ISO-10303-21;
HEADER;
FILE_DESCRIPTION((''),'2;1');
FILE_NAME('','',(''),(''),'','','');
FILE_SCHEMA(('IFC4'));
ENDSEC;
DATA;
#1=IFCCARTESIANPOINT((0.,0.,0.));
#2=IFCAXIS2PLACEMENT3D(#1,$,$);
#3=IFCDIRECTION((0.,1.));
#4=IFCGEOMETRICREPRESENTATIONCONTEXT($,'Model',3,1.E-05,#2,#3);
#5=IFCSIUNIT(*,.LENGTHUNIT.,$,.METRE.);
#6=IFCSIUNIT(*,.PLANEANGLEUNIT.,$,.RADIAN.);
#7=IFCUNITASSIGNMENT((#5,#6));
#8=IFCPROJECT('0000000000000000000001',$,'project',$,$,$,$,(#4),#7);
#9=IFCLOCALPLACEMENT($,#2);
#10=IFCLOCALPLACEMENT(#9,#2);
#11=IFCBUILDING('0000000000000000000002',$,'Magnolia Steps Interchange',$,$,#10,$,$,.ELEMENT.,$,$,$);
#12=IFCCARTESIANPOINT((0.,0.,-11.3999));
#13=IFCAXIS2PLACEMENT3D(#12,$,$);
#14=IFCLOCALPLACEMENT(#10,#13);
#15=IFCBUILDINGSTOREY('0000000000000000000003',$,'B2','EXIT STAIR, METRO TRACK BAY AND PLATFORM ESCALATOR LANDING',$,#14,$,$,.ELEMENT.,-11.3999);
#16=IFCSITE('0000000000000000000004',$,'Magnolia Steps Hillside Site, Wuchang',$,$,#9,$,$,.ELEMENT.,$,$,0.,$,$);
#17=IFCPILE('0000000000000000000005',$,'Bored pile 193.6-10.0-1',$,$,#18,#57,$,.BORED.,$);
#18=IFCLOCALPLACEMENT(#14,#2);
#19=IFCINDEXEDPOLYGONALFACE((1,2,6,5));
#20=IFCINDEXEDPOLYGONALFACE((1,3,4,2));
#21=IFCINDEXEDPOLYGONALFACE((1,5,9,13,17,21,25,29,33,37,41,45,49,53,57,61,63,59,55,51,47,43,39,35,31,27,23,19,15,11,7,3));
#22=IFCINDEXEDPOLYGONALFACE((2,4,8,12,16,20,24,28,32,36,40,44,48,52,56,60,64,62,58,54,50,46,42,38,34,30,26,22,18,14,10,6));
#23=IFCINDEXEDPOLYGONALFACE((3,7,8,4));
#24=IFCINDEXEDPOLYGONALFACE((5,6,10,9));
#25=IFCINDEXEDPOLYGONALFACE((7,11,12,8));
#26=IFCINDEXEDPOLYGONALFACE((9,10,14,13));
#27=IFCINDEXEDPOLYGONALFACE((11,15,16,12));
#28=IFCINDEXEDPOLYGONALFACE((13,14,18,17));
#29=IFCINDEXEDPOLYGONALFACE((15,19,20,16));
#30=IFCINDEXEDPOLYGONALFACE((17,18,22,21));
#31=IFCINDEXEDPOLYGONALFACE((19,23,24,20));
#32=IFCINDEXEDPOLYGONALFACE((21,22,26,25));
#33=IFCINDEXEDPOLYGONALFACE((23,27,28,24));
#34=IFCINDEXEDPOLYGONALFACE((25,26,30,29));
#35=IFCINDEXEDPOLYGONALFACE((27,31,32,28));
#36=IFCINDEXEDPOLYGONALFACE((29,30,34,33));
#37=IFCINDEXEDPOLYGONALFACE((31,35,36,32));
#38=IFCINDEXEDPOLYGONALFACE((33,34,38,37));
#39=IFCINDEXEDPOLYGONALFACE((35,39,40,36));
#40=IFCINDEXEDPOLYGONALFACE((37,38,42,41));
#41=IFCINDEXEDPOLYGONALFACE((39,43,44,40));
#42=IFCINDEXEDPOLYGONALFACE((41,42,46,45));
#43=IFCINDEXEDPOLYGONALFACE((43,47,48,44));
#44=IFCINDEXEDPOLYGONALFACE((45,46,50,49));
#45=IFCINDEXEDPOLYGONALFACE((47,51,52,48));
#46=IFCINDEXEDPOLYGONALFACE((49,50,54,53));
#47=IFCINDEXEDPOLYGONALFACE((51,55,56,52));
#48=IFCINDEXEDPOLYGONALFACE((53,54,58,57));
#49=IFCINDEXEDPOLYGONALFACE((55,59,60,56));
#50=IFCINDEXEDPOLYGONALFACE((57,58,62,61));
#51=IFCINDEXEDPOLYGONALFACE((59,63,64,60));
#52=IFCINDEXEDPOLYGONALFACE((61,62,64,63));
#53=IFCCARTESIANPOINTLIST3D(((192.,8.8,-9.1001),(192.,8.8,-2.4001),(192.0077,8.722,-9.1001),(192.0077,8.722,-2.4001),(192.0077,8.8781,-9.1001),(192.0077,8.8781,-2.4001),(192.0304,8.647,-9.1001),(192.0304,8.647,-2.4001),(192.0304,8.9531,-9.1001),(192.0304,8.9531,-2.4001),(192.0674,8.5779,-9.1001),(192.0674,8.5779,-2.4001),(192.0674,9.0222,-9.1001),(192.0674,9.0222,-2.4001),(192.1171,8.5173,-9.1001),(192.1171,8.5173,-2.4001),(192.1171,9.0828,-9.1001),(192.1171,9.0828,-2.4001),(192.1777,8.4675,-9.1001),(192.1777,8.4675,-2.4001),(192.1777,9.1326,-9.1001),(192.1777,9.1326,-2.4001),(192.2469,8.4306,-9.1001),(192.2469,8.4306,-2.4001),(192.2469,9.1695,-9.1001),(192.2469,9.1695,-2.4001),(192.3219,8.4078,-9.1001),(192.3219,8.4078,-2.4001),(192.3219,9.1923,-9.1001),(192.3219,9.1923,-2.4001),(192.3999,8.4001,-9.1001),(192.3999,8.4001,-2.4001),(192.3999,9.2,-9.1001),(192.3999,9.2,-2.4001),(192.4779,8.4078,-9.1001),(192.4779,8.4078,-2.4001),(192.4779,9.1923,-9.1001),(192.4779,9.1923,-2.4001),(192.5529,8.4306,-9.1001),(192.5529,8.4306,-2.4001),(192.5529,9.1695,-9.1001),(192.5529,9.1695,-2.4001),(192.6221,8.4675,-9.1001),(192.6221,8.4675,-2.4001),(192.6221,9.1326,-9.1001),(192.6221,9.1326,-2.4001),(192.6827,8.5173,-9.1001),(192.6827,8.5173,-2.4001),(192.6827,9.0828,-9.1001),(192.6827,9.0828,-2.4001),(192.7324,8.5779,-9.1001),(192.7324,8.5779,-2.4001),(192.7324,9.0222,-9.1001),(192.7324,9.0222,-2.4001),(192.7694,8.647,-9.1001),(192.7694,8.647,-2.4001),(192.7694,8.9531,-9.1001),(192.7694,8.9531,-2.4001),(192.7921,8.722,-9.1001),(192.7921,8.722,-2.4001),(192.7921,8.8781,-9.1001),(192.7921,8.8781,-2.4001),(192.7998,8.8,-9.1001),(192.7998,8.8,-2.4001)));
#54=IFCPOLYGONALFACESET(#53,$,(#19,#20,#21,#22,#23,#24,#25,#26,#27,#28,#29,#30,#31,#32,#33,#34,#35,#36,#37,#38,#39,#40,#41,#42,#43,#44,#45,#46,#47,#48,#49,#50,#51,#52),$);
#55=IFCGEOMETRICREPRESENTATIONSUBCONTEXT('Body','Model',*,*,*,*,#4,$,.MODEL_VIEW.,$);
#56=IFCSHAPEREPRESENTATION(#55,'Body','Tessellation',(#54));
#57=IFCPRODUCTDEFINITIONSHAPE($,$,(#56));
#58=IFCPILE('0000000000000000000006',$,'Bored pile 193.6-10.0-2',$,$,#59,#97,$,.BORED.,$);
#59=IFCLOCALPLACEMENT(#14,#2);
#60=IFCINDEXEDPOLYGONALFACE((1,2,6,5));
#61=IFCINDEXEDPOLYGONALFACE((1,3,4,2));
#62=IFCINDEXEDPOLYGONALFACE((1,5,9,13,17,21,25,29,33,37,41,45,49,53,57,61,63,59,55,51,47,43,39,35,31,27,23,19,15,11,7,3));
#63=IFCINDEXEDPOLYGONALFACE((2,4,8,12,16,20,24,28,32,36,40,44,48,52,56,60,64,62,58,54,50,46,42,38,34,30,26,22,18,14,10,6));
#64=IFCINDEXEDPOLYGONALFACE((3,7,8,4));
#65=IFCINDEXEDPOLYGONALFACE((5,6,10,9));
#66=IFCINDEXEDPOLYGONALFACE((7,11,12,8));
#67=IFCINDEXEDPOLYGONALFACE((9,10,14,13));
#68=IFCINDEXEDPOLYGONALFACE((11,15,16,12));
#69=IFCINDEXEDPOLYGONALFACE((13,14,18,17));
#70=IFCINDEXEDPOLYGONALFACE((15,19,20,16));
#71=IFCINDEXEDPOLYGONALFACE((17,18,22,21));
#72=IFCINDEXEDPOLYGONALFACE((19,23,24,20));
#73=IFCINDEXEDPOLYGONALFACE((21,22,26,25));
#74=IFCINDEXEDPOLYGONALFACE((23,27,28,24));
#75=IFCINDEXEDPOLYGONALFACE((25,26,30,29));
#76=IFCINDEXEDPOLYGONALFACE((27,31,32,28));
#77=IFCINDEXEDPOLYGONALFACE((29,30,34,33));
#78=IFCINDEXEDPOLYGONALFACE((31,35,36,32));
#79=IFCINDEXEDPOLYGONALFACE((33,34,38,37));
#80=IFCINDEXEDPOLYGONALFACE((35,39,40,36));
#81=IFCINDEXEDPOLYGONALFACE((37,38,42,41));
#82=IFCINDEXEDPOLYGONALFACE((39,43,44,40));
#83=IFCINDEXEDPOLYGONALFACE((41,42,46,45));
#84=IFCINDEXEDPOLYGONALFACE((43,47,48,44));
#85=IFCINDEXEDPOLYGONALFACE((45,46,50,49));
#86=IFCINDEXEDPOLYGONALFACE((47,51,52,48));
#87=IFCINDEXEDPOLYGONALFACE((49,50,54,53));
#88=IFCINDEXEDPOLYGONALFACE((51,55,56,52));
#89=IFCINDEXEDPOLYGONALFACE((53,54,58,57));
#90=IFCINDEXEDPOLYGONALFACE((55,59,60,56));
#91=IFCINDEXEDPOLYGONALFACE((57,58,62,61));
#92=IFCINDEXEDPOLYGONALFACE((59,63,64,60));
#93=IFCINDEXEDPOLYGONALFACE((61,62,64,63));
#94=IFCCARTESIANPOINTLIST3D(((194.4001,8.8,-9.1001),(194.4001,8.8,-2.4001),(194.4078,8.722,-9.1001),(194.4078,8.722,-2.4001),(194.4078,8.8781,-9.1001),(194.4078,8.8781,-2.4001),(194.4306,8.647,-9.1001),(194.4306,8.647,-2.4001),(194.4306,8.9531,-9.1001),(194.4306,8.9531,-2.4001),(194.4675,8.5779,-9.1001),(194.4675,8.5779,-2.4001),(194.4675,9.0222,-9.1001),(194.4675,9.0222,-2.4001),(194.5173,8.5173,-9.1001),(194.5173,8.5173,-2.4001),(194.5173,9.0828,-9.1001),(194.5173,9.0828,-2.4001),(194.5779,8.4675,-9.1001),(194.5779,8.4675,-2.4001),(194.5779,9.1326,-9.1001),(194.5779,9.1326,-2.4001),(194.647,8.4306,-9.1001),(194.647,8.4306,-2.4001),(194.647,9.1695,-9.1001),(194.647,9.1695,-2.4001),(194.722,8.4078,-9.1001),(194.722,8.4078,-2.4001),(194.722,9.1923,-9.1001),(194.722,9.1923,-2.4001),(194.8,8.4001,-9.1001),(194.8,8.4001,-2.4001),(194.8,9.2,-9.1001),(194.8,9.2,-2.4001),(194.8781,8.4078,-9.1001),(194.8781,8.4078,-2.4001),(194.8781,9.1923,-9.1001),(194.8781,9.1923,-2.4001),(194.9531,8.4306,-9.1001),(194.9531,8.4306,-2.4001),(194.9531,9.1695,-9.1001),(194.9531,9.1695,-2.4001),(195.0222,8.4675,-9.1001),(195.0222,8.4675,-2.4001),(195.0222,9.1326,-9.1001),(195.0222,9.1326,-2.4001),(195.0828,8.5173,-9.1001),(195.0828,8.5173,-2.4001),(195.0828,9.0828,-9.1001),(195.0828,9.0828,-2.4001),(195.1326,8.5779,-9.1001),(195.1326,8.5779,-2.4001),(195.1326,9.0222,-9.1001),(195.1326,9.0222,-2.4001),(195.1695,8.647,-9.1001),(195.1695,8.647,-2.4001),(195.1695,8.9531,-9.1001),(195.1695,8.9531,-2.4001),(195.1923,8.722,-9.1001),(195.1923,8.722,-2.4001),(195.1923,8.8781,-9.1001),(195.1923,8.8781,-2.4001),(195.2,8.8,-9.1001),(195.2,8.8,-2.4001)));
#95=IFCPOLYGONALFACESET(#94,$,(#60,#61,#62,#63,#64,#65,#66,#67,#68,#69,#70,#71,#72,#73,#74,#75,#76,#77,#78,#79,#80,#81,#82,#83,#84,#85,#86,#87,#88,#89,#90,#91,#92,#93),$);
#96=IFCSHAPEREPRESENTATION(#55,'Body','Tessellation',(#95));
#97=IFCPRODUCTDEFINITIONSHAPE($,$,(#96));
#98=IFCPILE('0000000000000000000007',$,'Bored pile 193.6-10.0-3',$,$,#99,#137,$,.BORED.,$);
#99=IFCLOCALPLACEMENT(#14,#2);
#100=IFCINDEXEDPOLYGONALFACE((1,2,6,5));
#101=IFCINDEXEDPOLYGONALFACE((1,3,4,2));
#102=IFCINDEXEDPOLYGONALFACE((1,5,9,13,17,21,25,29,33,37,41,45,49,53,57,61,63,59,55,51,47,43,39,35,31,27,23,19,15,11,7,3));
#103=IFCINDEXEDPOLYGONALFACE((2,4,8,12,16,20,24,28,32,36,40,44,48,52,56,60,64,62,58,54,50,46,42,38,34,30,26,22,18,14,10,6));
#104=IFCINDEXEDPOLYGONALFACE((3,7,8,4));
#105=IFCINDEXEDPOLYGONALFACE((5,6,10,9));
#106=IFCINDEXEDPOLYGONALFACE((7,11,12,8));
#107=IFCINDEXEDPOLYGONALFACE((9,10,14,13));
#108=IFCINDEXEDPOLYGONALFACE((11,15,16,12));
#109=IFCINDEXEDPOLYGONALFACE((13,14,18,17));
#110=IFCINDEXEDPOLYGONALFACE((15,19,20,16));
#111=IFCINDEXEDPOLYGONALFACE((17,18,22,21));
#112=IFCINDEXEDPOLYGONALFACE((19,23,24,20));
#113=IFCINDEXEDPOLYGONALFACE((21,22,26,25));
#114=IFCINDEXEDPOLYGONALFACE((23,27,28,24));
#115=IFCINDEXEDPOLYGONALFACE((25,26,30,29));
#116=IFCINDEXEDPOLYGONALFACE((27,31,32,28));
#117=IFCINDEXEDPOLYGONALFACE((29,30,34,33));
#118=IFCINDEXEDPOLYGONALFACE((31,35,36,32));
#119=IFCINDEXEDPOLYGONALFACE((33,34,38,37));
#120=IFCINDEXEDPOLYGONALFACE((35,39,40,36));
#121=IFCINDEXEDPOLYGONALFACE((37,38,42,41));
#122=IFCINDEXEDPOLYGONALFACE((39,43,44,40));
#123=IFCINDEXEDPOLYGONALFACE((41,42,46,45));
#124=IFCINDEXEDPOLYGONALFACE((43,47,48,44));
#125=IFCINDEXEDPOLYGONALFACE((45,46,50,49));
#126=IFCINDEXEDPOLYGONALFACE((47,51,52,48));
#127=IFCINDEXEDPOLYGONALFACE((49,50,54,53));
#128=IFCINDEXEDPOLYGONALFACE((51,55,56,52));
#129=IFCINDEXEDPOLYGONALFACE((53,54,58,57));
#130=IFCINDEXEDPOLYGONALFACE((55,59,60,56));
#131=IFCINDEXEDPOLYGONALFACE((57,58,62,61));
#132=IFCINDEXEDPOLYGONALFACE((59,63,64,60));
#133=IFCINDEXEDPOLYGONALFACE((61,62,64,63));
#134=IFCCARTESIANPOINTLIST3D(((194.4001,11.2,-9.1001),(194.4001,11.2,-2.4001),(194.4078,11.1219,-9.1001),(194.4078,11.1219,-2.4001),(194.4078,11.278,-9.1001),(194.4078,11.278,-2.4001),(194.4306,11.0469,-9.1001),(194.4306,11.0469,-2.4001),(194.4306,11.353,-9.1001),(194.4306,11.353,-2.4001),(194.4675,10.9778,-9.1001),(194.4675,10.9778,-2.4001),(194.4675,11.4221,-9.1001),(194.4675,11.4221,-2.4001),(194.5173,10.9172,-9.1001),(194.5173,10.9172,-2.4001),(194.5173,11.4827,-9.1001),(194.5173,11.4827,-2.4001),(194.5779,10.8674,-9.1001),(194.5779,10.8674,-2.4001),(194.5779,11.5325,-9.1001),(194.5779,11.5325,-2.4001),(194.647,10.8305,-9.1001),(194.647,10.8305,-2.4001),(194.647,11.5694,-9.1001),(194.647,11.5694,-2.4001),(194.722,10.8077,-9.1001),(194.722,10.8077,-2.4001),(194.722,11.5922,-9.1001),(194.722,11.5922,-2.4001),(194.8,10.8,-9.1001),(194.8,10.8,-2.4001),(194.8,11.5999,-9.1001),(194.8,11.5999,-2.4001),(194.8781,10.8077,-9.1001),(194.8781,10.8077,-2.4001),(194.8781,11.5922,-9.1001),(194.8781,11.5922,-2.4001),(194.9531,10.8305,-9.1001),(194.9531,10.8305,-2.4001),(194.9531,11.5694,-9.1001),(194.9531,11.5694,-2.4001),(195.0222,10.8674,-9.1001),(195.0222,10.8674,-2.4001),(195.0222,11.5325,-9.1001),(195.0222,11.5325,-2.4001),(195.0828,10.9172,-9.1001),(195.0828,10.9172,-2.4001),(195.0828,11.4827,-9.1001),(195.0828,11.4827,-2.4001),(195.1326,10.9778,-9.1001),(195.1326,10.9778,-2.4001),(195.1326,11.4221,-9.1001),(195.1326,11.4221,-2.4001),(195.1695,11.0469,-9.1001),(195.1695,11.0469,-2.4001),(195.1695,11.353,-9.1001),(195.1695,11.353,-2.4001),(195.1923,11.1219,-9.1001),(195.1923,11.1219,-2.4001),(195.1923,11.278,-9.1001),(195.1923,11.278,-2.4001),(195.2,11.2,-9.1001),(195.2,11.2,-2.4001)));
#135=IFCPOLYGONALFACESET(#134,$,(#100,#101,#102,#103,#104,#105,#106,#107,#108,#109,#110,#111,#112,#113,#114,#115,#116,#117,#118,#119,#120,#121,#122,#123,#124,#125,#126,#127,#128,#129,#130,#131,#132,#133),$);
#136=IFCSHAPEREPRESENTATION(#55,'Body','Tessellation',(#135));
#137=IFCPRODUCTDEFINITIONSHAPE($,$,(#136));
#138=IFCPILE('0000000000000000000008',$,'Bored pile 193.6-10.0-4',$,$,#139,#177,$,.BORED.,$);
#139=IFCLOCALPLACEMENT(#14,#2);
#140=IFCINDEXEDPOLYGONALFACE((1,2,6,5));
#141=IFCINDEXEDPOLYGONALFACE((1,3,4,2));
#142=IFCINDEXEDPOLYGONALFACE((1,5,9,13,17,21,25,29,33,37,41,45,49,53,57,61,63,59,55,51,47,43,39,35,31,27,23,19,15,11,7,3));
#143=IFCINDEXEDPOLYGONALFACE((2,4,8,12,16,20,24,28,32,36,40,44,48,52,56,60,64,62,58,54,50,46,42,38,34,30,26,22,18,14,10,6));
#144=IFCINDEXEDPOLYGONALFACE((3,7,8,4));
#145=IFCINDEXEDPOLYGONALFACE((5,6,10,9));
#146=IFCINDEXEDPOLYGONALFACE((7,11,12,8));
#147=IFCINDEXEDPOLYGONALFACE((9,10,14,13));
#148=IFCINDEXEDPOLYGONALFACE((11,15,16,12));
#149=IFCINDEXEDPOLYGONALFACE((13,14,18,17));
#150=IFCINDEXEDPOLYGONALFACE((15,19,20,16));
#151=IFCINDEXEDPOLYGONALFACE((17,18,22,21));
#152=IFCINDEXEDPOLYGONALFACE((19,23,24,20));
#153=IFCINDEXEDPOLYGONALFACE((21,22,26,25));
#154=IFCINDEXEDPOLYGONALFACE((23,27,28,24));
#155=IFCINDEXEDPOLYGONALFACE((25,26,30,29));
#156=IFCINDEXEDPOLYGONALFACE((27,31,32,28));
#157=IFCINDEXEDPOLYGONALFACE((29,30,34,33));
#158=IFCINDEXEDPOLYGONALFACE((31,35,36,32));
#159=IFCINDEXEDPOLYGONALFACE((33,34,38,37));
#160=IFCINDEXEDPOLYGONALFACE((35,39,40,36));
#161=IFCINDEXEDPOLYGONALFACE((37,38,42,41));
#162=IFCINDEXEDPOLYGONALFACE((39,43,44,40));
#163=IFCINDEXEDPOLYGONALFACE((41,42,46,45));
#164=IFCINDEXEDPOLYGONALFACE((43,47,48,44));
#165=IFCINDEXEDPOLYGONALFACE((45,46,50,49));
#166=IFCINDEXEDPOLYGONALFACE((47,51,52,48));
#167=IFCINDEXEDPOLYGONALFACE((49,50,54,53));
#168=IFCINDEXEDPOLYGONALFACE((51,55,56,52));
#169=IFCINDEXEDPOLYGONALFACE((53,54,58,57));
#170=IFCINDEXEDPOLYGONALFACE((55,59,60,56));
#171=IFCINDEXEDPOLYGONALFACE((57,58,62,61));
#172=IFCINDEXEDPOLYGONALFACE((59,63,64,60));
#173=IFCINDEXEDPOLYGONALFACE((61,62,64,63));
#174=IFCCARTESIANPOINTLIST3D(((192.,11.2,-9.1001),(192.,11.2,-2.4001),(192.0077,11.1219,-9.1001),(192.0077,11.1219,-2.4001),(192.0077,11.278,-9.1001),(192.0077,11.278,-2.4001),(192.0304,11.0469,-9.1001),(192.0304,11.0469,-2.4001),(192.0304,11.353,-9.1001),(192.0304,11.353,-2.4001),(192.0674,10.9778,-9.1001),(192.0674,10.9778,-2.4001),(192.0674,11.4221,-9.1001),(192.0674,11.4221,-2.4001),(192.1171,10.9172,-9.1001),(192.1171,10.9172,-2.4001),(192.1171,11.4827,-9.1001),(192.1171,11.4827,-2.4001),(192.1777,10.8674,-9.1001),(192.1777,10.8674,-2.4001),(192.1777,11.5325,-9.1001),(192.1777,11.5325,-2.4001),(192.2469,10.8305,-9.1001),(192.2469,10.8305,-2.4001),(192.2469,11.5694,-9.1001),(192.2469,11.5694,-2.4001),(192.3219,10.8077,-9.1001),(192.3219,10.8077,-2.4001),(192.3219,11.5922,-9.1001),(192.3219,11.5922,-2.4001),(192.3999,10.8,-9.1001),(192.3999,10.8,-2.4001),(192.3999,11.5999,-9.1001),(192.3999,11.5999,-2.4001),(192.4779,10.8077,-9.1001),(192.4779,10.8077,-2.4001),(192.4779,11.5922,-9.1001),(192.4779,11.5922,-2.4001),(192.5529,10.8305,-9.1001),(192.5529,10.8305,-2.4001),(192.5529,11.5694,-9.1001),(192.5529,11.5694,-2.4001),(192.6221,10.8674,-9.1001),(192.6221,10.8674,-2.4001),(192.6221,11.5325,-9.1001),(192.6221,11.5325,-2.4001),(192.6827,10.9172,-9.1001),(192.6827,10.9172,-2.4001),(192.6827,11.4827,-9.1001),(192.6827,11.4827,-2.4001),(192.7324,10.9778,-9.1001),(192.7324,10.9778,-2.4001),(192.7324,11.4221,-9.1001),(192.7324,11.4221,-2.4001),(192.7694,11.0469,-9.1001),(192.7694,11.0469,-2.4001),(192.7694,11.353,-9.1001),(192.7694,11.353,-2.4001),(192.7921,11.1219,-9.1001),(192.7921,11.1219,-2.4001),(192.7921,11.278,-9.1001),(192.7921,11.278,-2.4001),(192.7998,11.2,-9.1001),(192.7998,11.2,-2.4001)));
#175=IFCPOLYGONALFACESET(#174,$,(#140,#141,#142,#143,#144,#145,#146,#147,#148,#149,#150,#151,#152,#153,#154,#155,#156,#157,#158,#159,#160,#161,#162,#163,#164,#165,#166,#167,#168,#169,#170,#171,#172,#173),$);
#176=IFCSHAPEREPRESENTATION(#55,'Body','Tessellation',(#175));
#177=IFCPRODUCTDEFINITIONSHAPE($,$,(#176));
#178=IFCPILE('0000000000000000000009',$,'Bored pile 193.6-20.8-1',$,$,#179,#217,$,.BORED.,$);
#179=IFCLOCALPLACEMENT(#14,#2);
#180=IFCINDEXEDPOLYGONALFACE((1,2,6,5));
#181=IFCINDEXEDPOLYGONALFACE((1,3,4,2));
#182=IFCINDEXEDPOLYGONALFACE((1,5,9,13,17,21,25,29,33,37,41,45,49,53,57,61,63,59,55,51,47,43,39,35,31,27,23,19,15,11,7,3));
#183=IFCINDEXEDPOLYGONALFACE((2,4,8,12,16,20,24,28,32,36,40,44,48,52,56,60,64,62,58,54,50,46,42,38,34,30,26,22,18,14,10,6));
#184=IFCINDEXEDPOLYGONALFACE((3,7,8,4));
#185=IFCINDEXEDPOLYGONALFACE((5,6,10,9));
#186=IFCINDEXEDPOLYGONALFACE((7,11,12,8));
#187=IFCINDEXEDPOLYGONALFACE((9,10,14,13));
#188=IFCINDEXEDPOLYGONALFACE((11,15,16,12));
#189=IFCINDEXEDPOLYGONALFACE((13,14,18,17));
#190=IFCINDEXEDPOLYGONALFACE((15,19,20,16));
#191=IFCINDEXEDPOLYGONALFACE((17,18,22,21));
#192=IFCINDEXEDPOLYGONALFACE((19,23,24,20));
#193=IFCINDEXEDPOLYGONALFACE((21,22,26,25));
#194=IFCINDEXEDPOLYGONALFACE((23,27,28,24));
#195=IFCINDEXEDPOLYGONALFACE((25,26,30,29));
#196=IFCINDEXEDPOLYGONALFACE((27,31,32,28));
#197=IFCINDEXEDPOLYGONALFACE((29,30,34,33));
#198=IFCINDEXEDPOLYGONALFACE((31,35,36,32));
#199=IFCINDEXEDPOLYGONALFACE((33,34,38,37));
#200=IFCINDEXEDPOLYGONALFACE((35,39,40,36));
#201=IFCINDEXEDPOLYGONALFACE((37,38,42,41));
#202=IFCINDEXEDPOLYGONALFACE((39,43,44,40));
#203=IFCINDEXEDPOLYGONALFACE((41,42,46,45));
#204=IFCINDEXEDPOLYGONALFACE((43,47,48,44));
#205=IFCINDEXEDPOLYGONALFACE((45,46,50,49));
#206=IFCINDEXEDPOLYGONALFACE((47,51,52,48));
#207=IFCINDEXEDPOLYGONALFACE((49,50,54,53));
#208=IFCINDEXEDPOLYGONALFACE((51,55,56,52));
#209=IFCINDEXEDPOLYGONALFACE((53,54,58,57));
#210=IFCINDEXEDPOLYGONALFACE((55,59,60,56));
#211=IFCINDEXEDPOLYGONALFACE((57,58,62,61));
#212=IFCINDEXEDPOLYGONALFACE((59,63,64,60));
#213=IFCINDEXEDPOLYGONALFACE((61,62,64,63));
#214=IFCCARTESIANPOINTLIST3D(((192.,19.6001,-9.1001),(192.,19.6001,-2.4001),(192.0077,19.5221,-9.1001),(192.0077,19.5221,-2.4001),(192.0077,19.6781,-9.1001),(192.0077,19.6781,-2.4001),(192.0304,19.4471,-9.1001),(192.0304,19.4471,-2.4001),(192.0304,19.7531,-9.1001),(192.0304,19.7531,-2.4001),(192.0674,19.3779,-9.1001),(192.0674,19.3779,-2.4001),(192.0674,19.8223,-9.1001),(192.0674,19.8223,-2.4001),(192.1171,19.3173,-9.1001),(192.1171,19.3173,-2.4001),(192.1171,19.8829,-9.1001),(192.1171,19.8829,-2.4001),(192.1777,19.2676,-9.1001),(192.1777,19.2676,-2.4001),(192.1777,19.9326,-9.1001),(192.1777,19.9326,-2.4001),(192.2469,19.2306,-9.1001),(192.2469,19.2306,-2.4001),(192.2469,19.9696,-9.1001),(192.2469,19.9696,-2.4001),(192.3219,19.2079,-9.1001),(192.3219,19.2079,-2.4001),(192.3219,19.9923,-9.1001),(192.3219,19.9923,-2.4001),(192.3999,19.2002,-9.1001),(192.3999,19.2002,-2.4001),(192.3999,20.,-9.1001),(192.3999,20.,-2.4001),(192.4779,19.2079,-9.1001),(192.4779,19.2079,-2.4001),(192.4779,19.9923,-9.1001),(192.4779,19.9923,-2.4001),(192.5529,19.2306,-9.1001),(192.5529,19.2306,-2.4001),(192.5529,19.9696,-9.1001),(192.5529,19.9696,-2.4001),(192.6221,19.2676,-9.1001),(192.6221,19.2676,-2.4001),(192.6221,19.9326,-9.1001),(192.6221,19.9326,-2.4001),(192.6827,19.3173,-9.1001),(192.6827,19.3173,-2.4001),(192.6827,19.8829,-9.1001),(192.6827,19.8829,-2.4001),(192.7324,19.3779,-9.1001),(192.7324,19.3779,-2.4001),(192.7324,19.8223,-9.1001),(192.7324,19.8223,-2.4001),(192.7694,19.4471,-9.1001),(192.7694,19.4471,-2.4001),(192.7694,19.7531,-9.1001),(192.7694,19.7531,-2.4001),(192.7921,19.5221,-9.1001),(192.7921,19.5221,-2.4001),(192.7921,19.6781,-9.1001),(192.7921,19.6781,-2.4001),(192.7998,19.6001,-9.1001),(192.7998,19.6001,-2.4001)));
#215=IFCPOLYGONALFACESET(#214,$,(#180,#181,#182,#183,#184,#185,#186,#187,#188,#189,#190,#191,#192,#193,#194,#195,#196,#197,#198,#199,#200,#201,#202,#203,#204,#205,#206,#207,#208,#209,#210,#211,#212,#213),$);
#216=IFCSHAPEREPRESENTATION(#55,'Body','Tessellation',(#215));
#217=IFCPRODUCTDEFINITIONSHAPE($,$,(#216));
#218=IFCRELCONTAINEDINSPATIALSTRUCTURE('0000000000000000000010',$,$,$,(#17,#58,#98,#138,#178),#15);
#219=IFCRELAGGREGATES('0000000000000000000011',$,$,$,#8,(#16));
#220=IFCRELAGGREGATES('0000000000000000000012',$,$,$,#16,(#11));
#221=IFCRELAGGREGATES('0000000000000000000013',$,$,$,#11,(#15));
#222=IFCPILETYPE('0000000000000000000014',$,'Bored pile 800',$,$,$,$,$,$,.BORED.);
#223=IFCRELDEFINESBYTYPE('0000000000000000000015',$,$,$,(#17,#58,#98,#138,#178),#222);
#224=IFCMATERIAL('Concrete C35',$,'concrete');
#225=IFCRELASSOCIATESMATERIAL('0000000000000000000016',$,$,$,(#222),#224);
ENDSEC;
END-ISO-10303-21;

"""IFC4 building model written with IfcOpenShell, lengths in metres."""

from ifc_helpers import new_model, si_unit, direction, frame, origin, origin_2d, place, context, subcontext, project, spatial, circle, extrude, material, material_profile, profile_set, type_object, element, save


model = new_model("IFC4")

# Units and contexts
model_context = context("Model", 3, precision=1e-05, world=origin(), true_north=direction((0.0, 1.0)))
body_context = subcontext(model_context, "Body", "Model", "MODEL_VIEW")
ifc_project = project(units=[si_unit("LENGTHUNIT", "METRE"), si_unit("PLANEANGLEUNIT", "RADIAN")], contexts=[model_context])

# Site, building, storey
site_placement = place(None, origin())
site = spatial("IfcSite", under=ifc_project, at=site_placement, Name="Magnolia Steps Hillside Site, Wuchang", CompositionType="ELEMENT", RefElevation=0.0)
building_placement = place(site_placement, origin())
building = spatial("IfcBuilding", under=site, at=building_placement, Name="Magnolia Steps Interchange", CompositionType="ELEMENT")
storey_placement = place(building_placement, frame((0.0, 0.0, -11.3999)))
storey = spatial("IfcBuildingStorey", under=building, at=storey_placement, Name="B2", Description="EXIT STAIR, METRO TRACK BAY AND PLATFORM ESCALATOR LANDING", CompositionType="ELEMENT", Elevation=-11.3999)

# Piles
ifc_material_1 = material(Name="Concrete C35", Category="concrete")
ifc_material_profile_1 = material_profile(ifc_material_1, circle(Radius=0.3999, at=origin_2d()), Name="Bored pile 800")
ifc_profile_set_1 = profile_set([ifc_material_profile_1], Name="Concrete C35")
pile_type = type_object("IfcPileType", Name="Bored pile 800", PredefinedType="BORED", material=ifc_profile_set_1)
for number, where, z_axis, x_axis, name in (
    (1, (192.3999, 8.8, -2.4001), (0.0, 0.0, -1.0), (1.0, 0.0, 0.0), "Bored pile 193.6-10.0-1"),
    (2, (194.8, 8.8, -2.4001), (0.0, 0.0, -1.0), (1.0, 0.0, 0.0), "Bored pile 193.6-10.0-2"),
    (3, (194.8, 11.2, -2.4001), (0.0, 0.0, -1.0), (1.0, 0.0, 0.0), "Bored pile 193.6-10.0-3"),
    (4, (192.3999, 11.2, -2.4001), (0.0, 0.0, -1.0), (1.0, 0.0, 0.0), "Bored pile 193.6-10.0-4"),
    (5, (192.3999, 19.6001, -2.4001), (0.0, 0.0, -1.0), (1.0, 0.0, 0.0), "Bored pile 193.6-20.8-1"),
):
    element("IfcPile", number, at=place(storey_placement, frame(where, z_axis=z_axis, x_axis=x_axis)), inside=storey, type_object=pile_type, Name=name, PredefinedType="BORED", context=body_context, shape_type="SweptSolid", body=[
        extrude(circle(Radius=0.3999, at=origin_2d()), origin(), (0.0, 0.0, 1.0), 6.7),
    ])

save(model, "model.ifc")
